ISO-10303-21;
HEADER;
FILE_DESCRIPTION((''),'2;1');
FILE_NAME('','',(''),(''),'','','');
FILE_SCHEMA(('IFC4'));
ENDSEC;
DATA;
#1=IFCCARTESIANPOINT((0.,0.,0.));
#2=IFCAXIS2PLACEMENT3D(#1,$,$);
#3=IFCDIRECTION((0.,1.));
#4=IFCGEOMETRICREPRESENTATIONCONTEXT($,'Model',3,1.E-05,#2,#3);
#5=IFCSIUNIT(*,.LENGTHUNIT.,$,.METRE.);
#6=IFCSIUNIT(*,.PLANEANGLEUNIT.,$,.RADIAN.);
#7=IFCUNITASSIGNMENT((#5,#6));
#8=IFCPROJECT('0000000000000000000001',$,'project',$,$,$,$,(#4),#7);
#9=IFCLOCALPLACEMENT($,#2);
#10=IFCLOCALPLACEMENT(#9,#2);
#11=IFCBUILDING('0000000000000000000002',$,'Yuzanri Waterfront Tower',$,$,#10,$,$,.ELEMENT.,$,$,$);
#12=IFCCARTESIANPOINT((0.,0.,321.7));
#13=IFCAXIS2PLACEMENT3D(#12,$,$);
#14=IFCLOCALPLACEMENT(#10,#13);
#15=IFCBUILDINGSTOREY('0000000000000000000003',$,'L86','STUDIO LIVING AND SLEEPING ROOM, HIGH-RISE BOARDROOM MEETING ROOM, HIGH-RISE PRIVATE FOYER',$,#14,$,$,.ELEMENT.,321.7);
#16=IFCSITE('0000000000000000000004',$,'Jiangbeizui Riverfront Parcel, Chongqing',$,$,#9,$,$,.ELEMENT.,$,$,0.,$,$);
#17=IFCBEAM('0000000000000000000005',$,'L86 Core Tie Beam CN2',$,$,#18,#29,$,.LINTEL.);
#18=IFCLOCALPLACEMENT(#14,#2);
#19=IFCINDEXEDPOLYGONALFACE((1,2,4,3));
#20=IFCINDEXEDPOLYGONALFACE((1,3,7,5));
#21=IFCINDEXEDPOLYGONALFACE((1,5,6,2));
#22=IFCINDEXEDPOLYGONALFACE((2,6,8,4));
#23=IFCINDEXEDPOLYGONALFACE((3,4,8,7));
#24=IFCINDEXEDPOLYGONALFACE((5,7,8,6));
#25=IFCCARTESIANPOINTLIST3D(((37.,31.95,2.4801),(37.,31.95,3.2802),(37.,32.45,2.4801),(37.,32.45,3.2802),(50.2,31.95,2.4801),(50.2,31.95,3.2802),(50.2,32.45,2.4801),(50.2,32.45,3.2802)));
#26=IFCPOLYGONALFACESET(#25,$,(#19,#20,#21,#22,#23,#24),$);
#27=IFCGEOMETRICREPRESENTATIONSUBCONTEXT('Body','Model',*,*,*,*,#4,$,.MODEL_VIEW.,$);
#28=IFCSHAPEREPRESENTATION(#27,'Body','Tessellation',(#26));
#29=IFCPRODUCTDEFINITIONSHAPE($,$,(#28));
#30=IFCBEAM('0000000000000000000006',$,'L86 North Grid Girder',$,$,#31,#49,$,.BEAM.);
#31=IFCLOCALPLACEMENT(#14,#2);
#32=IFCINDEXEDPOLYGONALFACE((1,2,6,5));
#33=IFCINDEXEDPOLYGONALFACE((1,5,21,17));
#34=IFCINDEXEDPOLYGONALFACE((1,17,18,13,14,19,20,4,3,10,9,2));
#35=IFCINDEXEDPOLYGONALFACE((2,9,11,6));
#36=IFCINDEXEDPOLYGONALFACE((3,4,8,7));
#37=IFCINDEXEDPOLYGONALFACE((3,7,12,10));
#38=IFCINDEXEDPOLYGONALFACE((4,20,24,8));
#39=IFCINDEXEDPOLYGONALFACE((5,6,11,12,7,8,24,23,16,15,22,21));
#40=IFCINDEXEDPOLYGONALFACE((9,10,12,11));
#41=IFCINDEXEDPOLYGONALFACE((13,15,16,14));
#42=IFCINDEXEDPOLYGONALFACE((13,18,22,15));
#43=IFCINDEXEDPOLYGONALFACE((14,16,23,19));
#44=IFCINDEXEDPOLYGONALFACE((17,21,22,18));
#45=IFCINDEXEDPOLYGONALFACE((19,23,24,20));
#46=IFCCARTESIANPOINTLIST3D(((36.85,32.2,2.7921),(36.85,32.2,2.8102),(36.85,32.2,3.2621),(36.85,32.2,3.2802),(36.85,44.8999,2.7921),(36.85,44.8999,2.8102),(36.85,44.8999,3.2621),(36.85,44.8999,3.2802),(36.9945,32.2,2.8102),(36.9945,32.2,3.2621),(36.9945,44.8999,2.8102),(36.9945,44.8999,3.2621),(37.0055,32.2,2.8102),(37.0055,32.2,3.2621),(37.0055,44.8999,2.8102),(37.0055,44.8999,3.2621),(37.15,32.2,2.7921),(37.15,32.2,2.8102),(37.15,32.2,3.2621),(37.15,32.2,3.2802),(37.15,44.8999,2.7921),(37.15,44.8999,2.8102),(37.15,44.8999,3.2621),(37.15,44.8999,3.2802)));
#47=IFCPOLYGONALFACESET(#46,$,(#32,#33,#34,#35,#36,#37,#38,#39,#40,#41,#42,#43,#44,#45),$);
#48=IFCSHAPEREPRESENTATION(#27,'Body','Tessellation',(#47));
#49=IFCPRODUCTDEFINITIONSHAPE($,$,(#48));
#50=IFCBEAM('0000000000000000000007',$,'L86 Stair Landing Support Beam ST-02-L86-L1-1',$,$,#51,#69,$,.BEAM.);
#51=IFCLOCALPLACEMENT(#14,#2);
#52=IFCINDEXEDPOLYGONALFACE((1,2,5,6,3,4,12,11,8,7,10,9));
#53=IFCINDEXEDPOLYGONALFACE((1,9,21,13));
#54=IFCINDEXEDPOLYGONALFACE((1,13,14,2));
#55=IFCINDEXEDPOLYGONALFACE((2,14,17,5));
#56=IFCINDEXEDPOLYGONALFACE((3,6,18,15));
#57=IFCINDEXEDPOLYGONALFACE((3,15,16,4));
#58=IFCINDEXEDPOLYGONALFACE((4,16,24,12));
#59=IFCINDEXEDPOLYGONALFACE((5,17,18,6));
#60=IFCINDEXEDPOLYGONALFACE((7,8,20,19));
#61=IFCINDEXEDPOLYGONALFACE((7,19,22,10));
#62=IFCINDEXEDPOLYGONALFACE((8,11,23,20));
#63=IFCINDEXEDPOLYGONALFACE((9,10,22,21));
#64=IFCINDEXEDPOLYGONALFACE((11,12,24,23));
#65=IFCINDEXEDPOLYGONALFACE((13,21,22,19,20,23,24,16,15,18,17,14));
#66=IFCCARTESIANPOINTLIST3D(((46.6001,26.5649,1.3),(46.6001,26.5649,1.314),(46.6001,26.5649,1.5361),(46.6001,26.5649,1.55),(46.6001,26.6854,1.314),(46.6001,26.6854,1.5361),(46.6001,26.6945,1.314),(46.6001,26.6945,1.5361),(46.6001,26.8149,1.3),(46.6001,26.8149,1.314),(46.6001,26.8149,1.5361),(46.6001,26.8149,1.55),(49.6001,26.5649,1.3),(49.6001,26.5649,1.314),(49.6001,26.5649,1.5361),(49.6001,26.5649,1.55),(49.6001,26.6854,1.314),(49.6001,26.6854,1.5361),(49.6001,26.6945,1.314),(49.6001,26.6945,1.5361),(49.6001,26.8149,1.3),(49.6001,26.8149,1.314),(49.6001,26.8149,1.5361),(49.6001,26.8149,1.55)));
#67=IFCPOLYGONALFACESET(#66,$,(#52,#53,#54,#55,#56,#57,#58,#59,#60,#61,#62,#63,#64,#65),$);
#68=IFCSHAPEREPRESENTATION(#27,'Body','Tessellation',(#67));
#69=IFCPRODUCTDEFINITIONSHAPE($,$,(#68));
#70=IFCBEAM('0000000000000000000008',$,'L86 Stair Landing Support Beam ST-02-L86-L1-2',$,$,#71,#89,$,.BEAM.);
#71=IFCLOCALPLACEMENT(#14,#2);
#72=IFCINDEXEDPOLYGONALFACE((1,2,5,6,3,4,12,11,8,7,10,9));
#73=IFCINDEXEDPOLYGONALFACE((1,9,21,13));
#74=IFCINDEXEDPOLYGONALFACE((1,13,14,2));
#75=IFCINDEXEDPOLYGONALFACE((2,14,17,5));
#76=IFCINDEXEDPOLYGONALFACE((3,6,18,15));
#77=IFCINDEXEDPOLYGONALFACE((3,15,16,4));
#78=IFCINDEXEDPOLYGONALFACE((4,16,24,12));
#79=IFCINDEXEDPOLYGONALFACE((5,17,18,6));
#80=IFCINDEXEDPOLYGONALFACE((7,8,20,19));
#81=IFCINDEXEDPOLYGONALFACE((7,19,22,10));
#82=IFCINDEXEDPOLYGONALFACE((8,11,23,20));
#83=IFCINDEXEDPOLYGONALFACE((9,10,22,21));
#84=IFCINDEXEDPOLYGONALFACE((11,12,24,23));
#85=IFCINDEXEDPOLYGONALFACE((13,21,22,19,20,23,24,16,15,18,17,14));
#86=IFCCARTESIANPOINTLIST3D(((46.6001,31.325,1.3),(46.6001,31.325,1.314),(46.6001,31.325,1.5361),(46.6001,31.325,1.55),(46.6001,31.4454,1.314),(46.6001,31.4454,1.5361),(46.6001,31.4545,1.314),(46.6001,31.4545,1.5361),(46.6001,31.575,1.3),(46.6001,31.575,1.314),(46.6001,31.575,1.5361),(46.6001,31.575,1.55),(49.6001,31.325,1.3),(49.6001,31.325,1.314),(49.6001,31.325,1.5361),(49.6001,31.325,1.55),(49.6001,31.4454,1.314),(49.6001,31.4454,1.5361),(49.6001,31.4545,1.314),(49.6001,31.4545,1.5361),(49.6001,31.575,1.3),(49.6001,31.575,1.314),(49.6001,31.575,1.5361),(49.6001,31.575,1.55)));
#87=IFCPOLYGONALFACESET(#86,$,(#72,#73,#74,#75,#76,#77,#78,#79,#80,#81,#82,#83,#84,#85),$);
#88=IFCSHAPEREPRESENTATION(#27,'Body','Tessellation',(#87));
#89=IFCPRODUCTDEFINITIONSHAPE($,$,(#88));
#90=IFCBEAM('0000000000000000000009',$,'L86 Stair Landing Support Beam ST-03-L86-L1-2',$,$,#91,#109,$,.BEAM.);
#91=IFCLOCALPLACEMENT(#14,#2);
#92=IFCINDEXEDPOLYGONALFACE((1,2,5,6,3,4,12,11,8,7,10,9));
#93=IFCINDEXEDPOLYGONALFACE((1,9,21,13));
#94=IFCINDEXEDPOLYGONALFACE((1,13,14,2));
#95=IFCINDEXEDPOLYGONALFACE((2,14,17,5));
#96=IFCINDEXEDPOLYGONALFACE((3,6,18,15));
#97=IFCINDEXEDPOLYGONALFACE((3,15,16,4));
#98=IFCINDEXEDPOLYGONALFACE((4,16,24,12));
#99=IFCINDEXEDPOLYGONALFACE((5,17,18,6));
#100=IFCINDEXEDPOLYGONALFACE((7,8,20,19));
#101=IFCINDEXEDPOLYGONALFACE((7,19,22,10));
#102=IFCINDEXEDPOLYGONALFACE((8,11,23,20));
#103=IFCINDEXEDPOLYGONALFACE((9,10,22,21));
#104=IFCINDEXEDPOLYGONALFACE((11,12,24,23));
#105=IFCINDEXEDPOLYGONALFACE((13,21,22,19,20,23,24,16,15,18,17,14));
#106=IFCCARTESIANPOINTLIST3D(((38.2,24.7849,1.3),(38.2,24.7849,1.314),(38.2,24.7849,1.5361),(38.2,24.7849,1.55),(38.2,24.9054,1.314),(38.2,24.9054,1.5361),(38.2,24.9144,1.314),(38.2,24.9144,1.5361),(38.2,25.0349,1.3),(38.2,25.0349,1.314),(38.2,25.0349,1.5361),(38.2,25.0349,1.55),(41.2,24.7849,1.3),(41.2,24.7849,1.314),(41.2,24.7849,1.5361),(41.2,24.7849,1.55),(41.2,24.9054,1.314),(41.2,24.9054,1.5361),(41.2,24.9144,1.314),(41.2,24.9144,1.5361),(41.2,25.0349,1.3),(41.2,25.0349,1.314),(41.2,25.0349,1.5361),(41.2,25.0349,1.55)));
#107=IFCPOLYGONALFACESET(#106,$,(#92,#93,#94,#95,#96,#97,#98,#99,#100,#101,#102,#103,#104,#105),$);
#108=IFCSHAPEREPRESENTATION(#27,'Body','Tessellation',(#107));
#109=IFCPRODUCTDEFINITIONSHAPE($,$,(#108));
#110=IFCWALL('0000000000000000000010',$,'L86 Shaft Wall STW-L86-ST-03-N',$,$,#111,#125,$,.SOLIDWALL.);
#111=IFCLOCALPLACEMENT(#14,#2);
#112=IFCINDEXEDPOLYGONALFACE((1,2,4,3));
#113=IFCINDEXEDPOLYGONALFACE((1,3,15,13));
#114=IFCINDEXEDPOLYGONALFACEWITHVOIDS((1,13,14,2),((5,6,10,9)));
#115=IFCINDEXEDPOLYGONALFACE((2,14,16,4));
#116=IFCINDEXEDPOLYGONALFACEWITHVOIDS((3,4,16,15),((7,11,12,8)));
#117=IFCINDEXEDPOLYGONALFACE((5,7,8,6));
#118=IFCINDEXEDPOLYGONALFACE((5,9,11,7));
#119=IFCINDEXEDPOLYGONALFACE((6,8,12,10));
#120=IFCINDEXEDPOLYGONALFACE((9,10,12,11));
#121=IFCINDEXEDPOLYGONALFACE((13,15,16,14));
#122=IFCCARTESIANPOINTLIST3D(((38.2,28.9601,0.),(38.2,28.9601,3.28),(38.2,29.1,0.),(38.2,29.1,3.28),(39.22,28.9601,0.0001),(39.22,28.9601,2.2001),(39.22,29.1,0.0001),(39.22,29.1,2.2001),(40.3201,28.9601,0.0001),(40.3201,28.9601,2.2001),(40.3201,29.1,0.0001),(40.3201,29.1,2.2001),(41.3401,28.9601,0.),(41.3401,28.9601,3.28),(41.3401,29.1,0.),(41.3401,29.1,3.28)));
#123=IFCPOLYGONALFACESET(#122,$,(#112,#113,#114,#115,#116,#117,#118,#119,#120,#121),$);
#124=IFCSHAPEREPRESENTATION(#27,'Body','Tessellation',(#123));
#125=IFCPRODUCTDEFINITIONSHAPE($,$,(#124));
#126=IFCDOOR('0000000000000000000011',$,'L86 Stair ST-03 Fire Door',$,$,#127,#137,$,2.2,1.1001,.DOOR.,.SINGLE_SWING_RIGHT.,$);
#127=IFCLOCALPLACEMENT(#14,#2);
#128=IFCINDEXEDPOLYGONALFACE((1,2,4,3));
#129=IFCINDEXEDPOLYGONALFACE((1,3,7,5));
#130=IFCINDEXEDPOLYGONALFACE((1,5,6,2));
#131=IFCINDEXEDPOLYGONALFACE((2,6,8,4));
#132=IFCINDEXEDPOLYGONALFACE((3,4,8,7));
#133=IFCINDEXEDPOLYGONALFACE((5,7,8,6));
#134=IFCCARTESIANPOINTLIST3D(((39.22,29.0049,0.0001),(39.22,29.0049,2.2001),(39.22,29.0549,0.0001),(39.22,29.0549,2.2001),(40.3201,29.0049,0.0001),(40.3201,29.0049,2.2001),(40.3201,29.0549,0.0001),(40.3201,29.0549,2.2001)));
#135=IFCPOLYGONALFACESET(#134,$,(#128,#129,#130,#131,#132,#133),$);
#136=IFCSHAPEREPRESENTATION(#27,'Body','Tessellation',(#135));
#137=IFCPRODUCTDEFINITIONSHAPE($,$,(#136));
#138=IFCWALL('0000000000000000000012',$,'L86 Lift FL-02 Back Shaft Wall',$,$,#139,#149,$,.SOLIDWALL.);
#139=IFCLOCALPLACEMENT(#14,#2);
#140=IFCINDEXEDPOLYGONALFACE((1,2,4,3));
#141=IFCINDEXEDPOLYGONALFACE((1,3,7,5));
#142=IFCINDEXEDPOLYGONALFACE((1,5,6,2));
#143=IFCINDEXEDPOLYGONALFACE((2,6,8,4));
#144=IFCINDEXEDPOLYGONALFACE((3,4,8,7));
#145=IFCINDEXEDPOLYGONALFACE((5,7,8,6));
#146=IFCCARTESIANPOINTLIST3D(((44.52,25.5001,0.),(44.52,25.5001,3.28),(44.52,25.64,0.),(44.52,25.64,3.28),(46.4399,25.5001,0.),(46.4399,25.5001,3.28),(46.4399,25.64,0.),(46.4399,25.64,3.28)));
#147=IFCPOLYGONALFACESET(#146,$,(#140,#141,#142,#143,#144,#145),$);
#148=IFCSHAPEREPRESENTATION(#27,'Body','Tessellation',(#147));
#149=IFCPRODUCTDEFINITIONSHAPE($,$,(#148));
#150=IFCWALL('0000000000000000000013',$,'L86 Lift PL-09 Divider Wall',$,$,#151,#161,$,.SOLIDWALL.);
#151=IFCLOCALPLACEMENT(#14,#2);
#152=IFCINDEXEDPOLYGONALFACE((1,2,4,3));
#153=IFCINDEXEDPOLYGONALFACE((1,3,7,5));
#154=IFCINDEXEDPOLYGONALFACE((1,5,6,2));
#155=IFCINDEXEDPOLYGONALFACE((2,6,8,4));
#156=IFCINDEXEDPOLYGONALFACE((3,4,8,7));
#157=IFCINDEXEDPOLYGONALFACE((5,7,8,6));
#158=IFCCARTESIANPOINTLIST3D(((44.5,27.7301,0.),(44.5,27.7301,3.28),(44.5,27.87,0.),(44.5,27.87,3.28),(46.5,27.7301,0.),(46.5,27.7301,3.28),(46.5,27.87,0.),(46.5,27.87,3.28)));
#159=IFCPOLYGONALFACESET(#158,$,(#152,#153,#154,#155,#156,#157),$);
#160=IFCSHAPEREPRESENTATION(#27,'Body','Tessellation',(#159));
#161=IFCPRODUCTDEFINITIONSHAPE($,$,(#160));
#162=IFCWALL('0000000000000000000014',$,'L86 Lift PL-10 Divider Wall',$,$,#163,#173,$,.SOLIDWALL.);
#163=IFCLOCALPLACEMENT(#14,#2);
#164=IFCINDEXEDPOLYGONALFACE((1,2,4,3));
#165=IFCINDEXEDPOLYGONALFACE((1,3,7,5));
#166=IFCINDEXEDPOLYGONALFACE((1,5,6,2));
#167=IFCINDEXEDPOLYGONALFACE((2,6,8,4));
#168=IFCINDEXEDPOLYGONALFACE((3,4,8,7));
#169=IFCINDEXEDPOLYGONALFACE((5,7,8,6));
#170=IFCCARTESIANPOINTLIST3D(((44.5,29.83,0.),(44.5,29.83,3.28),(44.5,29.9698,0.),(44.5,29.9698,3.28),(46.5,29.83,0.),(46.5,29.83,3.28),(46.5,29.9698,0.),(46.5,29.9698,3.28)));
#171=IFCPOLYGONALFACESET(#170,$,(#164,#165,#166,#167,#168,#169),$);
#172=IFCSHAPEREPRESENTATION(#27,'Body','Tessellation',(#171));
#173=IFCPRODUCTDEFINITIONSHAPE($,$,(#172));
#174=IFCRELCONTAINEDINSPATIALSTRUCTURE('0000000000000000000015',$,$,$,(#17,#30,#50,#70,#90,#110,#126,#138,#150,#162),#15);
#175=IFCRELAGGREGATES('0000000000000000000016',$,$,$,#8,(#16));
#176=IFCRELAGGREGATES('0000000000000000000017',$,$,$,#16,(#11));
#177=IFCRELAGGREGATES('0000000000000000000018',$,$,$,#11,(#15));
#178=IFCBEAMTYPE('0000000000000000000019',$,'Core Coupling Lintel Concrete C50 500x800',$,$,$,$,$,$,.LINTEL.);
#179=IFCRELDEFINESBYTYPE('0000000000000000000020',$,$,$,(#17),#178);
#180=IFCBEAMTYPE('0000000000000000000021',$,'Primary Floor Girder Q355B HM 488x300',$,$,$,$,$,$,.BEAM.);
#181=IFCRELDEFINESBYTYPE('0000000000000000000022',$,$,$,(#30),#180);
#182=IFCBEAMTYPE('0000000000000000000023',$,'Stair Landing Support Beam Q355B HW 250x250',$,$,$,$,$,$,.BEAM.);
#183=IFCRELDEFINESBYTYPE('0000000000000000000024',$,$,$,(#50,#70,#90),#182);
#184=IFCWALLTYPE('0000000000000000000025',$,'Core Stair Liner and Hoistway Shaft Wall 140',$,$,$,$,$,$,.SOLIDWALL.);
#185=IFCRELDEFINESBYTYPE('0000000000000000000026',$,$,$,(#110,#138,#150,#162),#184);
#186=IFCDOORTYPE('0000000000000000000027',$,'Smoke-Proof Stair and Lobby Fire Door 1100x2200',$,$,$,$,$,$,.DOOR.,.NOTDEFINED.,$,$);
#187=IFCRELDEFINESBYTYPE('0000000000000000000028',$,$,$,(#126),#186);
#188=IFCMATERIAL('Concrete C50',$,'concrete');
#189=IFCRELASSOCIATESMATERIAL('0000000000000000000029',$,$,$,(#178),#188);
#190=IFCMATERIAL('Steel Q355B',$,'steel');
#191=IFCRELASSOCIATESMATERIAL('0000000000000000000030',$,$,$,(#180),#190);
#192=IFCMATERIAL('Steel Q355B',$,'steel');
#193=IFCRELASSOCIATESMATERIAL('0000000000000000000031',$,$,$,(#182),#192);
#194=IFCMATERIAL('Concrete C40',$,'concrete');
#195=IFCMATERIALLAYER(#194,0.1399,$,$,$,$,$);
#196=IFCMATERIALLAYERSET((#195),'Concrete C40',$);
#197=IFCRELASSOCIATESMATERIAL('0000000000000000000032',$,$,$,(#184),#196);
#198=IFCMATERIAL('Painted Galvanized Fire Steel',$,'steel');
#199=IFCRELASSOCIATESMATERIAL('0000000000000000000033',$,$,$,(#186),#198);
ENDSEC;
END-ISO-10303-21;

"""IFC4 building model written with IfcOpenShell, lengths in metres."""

from ifc_helpers import new_model, si_unit, direction, frame, frame_2d, origin, origin_2d, place, context, subcontext, project, spatial, rectangle, i_section, extrude, source, transform, mapped, material, layer, layer_set, material_profile, profile_set, type_object, element, fill, save


model = new_model("IFC4")

# Units and contexts
model_context = context("Model", 3, precision=1e-05, world=origin(), true_north=direction((0.0, 1.0)))
body_context = subcontext(model_context, "Body", "Model", "MODEL_VIEW")
ifc_project = project(units=[si_unit("LENGTHUNIT", "METRE"), si_unit("PLANEANGLEUNIT", "RADIAN")], contexts=[model_context])

# Site, building, storey
site_placement = place(None, origin())
site = spatial("IfcSite", under=ifc_project, at=site_placement, Name="Jiangbeizui Riverfront Parcel, Chongqing", CompositionType="ELEMENT", RefElevation=0.0)
building_placement = place(site_placement, origin())
building = spatial("IfcBuilding", under=site, at=building_placement, Name="Yuzanri Waterfront Tower", CompositionType="ELEMENT")
storey_placement = place(building_placement, frame((0.0, 0.0, 321.7)))
storey = spatial("IfcBuildingStorey", under=building, at=storey_placement, Name="L86", Description="STUDIO LIVING AND SLEEPING ROOM, HIGH-RISE BOARDROOM MEETING ROOM, HIGH-RISE PRIVATE FOYER", CompositionType="ELEMENT", Elevation=321.7)

# Beams
ifc_material_1 = material(Name="Concrete C50", Category="concrete")
ifc_material_profile_1 = material_profile(ifc_material_1, rectangle(XDim=0.5, YDim=0.8, at=origin_2d()), Name="RC 500x800")
ifc_profile_set_1 = profile_set([ifc_material_profile_1], Name="Concrete C50")
beam_type_1 = type_object("IfcBeamType", Name="Core Coupling Lintel Concrete C50 500x800", PredefinedType="LINTEL", material=ifc_profile_set_1)
shared_shape_1 = source(origin(), body_context, "Body", "SweptSolid", [
    extrude(rectangle(XDim=0.5, YDim=0.8, at=origin_2d()), origin(), (0.0, 0.0, 1.0), 13.2),
])
beam_1_placement = place(storey_placement, frame((37.0, 32.2, 2.8801), z_axis=(1.0, 0.0, 0.0), x_axis=(0.0, 1.0, 0.0)))
element("IfcBeam", 1, at=beam_1_placement, inside=storey, type_object=beam_type_1, Name="L86 Core Tie Beam CN2", PredefinedType="LINTEL", context=body_context, shape_type="MappedRepresentation", body=[
    mapped(shared_shape_1, transform((0.0, 0.0, 0.0), scale=1.0)),
])
ifc_material_2 = material(Name="Steel Q355B", Category="steel")
ifc_material_profile_2 = material_profile(ifc_material_2, i_section(OverallWidth=0.3, OverallDepth=0.488, WebThickness=0.011, FlangeThickness=0.0181, at=origin_2d()), Name="HM 488x300x11x18")
ifc_profile_set_2 = profile_set([ifc_material_profile_2], Name="Steel Q355B")
beam_type_2 = type_object("IfcBeamType", Name="Primary Floor Girder Q355B HM 488x300", PredefinedType="BEAM", material=ifc_profile_set_2)
shared_shape_2 = source(origin(), body_context, "Body", "SweptSolid", [
    extrude(i_section(OverallWidth=0.3, OverallDepth=0.488, WebThickness=0.011, FlangeThickness=0.0181, at=origin_2d()), origin(), (0.0, 0.0, 1.0), 12.7),
])
beam_2_placement = place(storey_placement, frame((37.0, 32.2, 3.0361), z_axis=(0.0, 1.0, 0.0), x_axis=(-1.0, 0.0, 0.0)))
element("IfcBeam", 2, at=beam_2_placement, inside=storey, type_object=beam_type_2, Name="L86 North Grid Girder", PredefinedType="BEAM", context=body_context, shape_type="MappedRepresentation", body=[
    mapped(shared_shape_2, transform((0.0, 0.0, 0.0), scale=1.0)),
])
ifc_material_3 = material(Name="Steel Q355B", Category="steel")
ifc_material_profile_3 = material_profile(ifc_material_3, i_section(OverallWidth=0.25, OverallDepth=0.25, WebThickness=0.009, FlangeThickness=0.0139, at=origin_2d()), Name="HW 250x250x9x14")
ifc_profile_set_3 = profile_set([ifc_material_profile_3], Name="Steel Q355B")
beam_type_3 = type_object("IfcBeamType", Name="Stair Landing Support Beam Q355B HW 250x250", PredefinedType="BEAM", material=ifc_profile_set_3)
shared_shape_3 = source(origin(), body_context, "Body", "SweptSolid", [
    extrude(i_section(OverallWidth=0.25, OverallDepth=0.25, WebThickness=0.009, FlangeThickness=0.0139, at=origin_2d()), origin(), (0.0, 0.0, 1.0), 3.0),
])
for number, where, z_axis, x_axis, name in (
    (3, (46.6001, 26.6899, 1.425), (1.0, 0.0, 0.0), (0.0, 1.0, 0.0), "L86 Stair Landing Support Beam ST-02-L86-L1-1"),
    (4, (46.6001, 31.45, 1.425), (1.0, 0.0, 0.0), (0.0, 1.0, 0.0), "L86 Stair Landing Support Beam ST-02-L86-L1-2"),
    (5, (38.2, 24.9099, 1.425), (1.0, 0.0, 0.0), (0.0, 1.0, 0.0), "L86 Stair Landing Support Beam ST-03-L86-L1-2"),
):
    element("IfcBeam", number, at=place(storey_placement, frame(where, z_axis=z_axis, x_axis=x_axis)), inside=storey, type_object=beam_type_3, Name=name, PredefinedType="BEAM", context=body_context, shape_type="MappedRepresentation", body=[
        mapped(shared_shape_3, transform((0.0, 0.0, 0.0), scale=1.0)),
    ])

# Wall, opening, door
ifc_material_4 = material(Name="Concrete C40", Category="concrete")
ifc_layer_1 = layer(ifc_material_4, 0.1399)
ifc_layer_set_1 = layer_set([ifc_layer_1], Name="Concrete C40")
wall_type_1 = type_object("IfcWallType", Name="Core Stair Liner and Hoistway Shaft Wall 140", PredefinedType="SOLIDWALL", material=ifc_layer_set_1)
wall_1_placement = place(storey_placement, frame((38.2, 29.03, 0.0), z_axis=(0.0, 0.0, 1.0), x_axis=(1.0, 0.0, 0.0)))
wall_1 = element("IfcWall", 6, at=wall_1_placement, inside=storey, type_object=wall_type_1, Name="L86 Shaft Wall STW-L86-ST-03-N", PredefinedType="SOLIDWALL", context=body_context, shape_type="SweptSolid", body=[
    extrude(rectangle(XDim=3.1401, YDim=0.1399, at=frame_2d((1.5701, 0.0))), origin(), (0.0, 0.0, 1.0), 3.28),
])
opening_placement = place(wall_1_placement, frame((1.02, 0.0, 0.0)))
opening = element("IfcOpeningElement", 7, at=opening_placement, cuts=wall_1, PredefinedType="OPENING", context=body_context, shape_type="SweptSolid", body=[
    extrude(rectangle(XDim=1.1001, YDim=2.2, at=frame_2d((0.55, 1.1001))), frame((0.0, 0.085, 0.0), z_axis=(0.0, -1.0, 0.0), x_axis=(1.0, 0.0, 0.0)), (0.0, 0.0, 1.0), 0.1697),
])
ifc_material_5 = material(Name="Painted Galvanized Fire Steel", Category="steel")
door_type = type_object("IfcDoorType", Name="Smoke-Proof Stair and Lobby Fire Door 1100x2200", OperationType="NOTDEFINED", PredefinedType="DOOR", material=ifc_material_5)
shared_shape_4 = source(origin(), body_context, "Body", "SweptSolid", [
    extrude(rectangle(XDim=1.1001, YDim=2.2, at=frame_2d((0.55, 1.1001))), frame((0.0, 0.0249, 0.0), z_axis=(0.0, -1.0, 0.0), x_axis=(1.0, 0.0, 0.0)), (0.0, 0.0, 1.0), 0.05),
])
door_placement = place(opening_placement, origin())
door = element("IfcDoor", 8, at=door_placement, inside=storey, type_object=door_type, Name="L86 Stair ST-03 Fire Door", OperationType="SINGLE_SWING_RIGHT", OverallHeight=2.2, OverallWidth=1.1001, PredefinedType="DOOR", context=body_context, shape_type="MappedRepresentation", body=[
    mapped(shared_shape_4, transform((0.0, 0.0, 0.0), scale=1.0)),
])
fill(opening, door)

# Walls
shared_shape_5 = source(origin(), body_context, "Body", "SweptSolid", [
    extrude(rectangle(XDim=1.9199, YDim=0.1399, at=frame_2d((0.96, 0.0))), origin(), (0.0, 0.0, 1.0), 3.28),
])
wall_2_placement = place(storey_placement, frame((44.52, 25.5701, 0.0), z_axis=(0.0, 0.0, 1.0), x_axis=(1.0, 0.0, 0.0)))
element("IfcWall", 9, at=wall_2_placement, inside=storey, type_object=wall_type_1, Name="L86 Lift FL-02 Back Shaft Wall", PredefinedType="SOLIDWALL", context=body_context, shape_type="MappedRepresentation", body=[
    mapped(shared_shape_5, transform((0.0, 0.0, 0.0), scale=1.0)),
])
shared_shape_6 = source(origin(), body_context, "Body", "SweptSolid", [
    extrude(rectangle(XDim=2.0, YDim=0.1399, at=frame_2d((1.0, 0.0))), origin(), (0.0, 0.0, 1.0), 3.28),
])
for number, where, z_axis, x_axis, name in (
    (10, (44.5, 27.8, 0.0), (0.0, 0.0, 1.0), (1.0, 0.0, 0.0), "L86 Lift PL-09 Divider Wall"),
    (11, (44.5, 29.8999, 0.0), (0.0, 0.0, 1.0), (1.0, 0.0, 0.0), "L86 Lift PL-10 Divider Wall"),
):
    element("IfcWall", number, at=place(storey_placement, frame(where, z_axis=z_axis, x_axis=x_axis)), inside=storey, type_object=wall_type_1, Name=name, PredefinedType="SOLIDWALL", context=body_context, shape_type="MappedRepresentation", body=[
        mapped(shared_shape_6, transform((0.0, 0.0, 0.0), scale=1.0)),
    ])

save(model, "model.ifc")
